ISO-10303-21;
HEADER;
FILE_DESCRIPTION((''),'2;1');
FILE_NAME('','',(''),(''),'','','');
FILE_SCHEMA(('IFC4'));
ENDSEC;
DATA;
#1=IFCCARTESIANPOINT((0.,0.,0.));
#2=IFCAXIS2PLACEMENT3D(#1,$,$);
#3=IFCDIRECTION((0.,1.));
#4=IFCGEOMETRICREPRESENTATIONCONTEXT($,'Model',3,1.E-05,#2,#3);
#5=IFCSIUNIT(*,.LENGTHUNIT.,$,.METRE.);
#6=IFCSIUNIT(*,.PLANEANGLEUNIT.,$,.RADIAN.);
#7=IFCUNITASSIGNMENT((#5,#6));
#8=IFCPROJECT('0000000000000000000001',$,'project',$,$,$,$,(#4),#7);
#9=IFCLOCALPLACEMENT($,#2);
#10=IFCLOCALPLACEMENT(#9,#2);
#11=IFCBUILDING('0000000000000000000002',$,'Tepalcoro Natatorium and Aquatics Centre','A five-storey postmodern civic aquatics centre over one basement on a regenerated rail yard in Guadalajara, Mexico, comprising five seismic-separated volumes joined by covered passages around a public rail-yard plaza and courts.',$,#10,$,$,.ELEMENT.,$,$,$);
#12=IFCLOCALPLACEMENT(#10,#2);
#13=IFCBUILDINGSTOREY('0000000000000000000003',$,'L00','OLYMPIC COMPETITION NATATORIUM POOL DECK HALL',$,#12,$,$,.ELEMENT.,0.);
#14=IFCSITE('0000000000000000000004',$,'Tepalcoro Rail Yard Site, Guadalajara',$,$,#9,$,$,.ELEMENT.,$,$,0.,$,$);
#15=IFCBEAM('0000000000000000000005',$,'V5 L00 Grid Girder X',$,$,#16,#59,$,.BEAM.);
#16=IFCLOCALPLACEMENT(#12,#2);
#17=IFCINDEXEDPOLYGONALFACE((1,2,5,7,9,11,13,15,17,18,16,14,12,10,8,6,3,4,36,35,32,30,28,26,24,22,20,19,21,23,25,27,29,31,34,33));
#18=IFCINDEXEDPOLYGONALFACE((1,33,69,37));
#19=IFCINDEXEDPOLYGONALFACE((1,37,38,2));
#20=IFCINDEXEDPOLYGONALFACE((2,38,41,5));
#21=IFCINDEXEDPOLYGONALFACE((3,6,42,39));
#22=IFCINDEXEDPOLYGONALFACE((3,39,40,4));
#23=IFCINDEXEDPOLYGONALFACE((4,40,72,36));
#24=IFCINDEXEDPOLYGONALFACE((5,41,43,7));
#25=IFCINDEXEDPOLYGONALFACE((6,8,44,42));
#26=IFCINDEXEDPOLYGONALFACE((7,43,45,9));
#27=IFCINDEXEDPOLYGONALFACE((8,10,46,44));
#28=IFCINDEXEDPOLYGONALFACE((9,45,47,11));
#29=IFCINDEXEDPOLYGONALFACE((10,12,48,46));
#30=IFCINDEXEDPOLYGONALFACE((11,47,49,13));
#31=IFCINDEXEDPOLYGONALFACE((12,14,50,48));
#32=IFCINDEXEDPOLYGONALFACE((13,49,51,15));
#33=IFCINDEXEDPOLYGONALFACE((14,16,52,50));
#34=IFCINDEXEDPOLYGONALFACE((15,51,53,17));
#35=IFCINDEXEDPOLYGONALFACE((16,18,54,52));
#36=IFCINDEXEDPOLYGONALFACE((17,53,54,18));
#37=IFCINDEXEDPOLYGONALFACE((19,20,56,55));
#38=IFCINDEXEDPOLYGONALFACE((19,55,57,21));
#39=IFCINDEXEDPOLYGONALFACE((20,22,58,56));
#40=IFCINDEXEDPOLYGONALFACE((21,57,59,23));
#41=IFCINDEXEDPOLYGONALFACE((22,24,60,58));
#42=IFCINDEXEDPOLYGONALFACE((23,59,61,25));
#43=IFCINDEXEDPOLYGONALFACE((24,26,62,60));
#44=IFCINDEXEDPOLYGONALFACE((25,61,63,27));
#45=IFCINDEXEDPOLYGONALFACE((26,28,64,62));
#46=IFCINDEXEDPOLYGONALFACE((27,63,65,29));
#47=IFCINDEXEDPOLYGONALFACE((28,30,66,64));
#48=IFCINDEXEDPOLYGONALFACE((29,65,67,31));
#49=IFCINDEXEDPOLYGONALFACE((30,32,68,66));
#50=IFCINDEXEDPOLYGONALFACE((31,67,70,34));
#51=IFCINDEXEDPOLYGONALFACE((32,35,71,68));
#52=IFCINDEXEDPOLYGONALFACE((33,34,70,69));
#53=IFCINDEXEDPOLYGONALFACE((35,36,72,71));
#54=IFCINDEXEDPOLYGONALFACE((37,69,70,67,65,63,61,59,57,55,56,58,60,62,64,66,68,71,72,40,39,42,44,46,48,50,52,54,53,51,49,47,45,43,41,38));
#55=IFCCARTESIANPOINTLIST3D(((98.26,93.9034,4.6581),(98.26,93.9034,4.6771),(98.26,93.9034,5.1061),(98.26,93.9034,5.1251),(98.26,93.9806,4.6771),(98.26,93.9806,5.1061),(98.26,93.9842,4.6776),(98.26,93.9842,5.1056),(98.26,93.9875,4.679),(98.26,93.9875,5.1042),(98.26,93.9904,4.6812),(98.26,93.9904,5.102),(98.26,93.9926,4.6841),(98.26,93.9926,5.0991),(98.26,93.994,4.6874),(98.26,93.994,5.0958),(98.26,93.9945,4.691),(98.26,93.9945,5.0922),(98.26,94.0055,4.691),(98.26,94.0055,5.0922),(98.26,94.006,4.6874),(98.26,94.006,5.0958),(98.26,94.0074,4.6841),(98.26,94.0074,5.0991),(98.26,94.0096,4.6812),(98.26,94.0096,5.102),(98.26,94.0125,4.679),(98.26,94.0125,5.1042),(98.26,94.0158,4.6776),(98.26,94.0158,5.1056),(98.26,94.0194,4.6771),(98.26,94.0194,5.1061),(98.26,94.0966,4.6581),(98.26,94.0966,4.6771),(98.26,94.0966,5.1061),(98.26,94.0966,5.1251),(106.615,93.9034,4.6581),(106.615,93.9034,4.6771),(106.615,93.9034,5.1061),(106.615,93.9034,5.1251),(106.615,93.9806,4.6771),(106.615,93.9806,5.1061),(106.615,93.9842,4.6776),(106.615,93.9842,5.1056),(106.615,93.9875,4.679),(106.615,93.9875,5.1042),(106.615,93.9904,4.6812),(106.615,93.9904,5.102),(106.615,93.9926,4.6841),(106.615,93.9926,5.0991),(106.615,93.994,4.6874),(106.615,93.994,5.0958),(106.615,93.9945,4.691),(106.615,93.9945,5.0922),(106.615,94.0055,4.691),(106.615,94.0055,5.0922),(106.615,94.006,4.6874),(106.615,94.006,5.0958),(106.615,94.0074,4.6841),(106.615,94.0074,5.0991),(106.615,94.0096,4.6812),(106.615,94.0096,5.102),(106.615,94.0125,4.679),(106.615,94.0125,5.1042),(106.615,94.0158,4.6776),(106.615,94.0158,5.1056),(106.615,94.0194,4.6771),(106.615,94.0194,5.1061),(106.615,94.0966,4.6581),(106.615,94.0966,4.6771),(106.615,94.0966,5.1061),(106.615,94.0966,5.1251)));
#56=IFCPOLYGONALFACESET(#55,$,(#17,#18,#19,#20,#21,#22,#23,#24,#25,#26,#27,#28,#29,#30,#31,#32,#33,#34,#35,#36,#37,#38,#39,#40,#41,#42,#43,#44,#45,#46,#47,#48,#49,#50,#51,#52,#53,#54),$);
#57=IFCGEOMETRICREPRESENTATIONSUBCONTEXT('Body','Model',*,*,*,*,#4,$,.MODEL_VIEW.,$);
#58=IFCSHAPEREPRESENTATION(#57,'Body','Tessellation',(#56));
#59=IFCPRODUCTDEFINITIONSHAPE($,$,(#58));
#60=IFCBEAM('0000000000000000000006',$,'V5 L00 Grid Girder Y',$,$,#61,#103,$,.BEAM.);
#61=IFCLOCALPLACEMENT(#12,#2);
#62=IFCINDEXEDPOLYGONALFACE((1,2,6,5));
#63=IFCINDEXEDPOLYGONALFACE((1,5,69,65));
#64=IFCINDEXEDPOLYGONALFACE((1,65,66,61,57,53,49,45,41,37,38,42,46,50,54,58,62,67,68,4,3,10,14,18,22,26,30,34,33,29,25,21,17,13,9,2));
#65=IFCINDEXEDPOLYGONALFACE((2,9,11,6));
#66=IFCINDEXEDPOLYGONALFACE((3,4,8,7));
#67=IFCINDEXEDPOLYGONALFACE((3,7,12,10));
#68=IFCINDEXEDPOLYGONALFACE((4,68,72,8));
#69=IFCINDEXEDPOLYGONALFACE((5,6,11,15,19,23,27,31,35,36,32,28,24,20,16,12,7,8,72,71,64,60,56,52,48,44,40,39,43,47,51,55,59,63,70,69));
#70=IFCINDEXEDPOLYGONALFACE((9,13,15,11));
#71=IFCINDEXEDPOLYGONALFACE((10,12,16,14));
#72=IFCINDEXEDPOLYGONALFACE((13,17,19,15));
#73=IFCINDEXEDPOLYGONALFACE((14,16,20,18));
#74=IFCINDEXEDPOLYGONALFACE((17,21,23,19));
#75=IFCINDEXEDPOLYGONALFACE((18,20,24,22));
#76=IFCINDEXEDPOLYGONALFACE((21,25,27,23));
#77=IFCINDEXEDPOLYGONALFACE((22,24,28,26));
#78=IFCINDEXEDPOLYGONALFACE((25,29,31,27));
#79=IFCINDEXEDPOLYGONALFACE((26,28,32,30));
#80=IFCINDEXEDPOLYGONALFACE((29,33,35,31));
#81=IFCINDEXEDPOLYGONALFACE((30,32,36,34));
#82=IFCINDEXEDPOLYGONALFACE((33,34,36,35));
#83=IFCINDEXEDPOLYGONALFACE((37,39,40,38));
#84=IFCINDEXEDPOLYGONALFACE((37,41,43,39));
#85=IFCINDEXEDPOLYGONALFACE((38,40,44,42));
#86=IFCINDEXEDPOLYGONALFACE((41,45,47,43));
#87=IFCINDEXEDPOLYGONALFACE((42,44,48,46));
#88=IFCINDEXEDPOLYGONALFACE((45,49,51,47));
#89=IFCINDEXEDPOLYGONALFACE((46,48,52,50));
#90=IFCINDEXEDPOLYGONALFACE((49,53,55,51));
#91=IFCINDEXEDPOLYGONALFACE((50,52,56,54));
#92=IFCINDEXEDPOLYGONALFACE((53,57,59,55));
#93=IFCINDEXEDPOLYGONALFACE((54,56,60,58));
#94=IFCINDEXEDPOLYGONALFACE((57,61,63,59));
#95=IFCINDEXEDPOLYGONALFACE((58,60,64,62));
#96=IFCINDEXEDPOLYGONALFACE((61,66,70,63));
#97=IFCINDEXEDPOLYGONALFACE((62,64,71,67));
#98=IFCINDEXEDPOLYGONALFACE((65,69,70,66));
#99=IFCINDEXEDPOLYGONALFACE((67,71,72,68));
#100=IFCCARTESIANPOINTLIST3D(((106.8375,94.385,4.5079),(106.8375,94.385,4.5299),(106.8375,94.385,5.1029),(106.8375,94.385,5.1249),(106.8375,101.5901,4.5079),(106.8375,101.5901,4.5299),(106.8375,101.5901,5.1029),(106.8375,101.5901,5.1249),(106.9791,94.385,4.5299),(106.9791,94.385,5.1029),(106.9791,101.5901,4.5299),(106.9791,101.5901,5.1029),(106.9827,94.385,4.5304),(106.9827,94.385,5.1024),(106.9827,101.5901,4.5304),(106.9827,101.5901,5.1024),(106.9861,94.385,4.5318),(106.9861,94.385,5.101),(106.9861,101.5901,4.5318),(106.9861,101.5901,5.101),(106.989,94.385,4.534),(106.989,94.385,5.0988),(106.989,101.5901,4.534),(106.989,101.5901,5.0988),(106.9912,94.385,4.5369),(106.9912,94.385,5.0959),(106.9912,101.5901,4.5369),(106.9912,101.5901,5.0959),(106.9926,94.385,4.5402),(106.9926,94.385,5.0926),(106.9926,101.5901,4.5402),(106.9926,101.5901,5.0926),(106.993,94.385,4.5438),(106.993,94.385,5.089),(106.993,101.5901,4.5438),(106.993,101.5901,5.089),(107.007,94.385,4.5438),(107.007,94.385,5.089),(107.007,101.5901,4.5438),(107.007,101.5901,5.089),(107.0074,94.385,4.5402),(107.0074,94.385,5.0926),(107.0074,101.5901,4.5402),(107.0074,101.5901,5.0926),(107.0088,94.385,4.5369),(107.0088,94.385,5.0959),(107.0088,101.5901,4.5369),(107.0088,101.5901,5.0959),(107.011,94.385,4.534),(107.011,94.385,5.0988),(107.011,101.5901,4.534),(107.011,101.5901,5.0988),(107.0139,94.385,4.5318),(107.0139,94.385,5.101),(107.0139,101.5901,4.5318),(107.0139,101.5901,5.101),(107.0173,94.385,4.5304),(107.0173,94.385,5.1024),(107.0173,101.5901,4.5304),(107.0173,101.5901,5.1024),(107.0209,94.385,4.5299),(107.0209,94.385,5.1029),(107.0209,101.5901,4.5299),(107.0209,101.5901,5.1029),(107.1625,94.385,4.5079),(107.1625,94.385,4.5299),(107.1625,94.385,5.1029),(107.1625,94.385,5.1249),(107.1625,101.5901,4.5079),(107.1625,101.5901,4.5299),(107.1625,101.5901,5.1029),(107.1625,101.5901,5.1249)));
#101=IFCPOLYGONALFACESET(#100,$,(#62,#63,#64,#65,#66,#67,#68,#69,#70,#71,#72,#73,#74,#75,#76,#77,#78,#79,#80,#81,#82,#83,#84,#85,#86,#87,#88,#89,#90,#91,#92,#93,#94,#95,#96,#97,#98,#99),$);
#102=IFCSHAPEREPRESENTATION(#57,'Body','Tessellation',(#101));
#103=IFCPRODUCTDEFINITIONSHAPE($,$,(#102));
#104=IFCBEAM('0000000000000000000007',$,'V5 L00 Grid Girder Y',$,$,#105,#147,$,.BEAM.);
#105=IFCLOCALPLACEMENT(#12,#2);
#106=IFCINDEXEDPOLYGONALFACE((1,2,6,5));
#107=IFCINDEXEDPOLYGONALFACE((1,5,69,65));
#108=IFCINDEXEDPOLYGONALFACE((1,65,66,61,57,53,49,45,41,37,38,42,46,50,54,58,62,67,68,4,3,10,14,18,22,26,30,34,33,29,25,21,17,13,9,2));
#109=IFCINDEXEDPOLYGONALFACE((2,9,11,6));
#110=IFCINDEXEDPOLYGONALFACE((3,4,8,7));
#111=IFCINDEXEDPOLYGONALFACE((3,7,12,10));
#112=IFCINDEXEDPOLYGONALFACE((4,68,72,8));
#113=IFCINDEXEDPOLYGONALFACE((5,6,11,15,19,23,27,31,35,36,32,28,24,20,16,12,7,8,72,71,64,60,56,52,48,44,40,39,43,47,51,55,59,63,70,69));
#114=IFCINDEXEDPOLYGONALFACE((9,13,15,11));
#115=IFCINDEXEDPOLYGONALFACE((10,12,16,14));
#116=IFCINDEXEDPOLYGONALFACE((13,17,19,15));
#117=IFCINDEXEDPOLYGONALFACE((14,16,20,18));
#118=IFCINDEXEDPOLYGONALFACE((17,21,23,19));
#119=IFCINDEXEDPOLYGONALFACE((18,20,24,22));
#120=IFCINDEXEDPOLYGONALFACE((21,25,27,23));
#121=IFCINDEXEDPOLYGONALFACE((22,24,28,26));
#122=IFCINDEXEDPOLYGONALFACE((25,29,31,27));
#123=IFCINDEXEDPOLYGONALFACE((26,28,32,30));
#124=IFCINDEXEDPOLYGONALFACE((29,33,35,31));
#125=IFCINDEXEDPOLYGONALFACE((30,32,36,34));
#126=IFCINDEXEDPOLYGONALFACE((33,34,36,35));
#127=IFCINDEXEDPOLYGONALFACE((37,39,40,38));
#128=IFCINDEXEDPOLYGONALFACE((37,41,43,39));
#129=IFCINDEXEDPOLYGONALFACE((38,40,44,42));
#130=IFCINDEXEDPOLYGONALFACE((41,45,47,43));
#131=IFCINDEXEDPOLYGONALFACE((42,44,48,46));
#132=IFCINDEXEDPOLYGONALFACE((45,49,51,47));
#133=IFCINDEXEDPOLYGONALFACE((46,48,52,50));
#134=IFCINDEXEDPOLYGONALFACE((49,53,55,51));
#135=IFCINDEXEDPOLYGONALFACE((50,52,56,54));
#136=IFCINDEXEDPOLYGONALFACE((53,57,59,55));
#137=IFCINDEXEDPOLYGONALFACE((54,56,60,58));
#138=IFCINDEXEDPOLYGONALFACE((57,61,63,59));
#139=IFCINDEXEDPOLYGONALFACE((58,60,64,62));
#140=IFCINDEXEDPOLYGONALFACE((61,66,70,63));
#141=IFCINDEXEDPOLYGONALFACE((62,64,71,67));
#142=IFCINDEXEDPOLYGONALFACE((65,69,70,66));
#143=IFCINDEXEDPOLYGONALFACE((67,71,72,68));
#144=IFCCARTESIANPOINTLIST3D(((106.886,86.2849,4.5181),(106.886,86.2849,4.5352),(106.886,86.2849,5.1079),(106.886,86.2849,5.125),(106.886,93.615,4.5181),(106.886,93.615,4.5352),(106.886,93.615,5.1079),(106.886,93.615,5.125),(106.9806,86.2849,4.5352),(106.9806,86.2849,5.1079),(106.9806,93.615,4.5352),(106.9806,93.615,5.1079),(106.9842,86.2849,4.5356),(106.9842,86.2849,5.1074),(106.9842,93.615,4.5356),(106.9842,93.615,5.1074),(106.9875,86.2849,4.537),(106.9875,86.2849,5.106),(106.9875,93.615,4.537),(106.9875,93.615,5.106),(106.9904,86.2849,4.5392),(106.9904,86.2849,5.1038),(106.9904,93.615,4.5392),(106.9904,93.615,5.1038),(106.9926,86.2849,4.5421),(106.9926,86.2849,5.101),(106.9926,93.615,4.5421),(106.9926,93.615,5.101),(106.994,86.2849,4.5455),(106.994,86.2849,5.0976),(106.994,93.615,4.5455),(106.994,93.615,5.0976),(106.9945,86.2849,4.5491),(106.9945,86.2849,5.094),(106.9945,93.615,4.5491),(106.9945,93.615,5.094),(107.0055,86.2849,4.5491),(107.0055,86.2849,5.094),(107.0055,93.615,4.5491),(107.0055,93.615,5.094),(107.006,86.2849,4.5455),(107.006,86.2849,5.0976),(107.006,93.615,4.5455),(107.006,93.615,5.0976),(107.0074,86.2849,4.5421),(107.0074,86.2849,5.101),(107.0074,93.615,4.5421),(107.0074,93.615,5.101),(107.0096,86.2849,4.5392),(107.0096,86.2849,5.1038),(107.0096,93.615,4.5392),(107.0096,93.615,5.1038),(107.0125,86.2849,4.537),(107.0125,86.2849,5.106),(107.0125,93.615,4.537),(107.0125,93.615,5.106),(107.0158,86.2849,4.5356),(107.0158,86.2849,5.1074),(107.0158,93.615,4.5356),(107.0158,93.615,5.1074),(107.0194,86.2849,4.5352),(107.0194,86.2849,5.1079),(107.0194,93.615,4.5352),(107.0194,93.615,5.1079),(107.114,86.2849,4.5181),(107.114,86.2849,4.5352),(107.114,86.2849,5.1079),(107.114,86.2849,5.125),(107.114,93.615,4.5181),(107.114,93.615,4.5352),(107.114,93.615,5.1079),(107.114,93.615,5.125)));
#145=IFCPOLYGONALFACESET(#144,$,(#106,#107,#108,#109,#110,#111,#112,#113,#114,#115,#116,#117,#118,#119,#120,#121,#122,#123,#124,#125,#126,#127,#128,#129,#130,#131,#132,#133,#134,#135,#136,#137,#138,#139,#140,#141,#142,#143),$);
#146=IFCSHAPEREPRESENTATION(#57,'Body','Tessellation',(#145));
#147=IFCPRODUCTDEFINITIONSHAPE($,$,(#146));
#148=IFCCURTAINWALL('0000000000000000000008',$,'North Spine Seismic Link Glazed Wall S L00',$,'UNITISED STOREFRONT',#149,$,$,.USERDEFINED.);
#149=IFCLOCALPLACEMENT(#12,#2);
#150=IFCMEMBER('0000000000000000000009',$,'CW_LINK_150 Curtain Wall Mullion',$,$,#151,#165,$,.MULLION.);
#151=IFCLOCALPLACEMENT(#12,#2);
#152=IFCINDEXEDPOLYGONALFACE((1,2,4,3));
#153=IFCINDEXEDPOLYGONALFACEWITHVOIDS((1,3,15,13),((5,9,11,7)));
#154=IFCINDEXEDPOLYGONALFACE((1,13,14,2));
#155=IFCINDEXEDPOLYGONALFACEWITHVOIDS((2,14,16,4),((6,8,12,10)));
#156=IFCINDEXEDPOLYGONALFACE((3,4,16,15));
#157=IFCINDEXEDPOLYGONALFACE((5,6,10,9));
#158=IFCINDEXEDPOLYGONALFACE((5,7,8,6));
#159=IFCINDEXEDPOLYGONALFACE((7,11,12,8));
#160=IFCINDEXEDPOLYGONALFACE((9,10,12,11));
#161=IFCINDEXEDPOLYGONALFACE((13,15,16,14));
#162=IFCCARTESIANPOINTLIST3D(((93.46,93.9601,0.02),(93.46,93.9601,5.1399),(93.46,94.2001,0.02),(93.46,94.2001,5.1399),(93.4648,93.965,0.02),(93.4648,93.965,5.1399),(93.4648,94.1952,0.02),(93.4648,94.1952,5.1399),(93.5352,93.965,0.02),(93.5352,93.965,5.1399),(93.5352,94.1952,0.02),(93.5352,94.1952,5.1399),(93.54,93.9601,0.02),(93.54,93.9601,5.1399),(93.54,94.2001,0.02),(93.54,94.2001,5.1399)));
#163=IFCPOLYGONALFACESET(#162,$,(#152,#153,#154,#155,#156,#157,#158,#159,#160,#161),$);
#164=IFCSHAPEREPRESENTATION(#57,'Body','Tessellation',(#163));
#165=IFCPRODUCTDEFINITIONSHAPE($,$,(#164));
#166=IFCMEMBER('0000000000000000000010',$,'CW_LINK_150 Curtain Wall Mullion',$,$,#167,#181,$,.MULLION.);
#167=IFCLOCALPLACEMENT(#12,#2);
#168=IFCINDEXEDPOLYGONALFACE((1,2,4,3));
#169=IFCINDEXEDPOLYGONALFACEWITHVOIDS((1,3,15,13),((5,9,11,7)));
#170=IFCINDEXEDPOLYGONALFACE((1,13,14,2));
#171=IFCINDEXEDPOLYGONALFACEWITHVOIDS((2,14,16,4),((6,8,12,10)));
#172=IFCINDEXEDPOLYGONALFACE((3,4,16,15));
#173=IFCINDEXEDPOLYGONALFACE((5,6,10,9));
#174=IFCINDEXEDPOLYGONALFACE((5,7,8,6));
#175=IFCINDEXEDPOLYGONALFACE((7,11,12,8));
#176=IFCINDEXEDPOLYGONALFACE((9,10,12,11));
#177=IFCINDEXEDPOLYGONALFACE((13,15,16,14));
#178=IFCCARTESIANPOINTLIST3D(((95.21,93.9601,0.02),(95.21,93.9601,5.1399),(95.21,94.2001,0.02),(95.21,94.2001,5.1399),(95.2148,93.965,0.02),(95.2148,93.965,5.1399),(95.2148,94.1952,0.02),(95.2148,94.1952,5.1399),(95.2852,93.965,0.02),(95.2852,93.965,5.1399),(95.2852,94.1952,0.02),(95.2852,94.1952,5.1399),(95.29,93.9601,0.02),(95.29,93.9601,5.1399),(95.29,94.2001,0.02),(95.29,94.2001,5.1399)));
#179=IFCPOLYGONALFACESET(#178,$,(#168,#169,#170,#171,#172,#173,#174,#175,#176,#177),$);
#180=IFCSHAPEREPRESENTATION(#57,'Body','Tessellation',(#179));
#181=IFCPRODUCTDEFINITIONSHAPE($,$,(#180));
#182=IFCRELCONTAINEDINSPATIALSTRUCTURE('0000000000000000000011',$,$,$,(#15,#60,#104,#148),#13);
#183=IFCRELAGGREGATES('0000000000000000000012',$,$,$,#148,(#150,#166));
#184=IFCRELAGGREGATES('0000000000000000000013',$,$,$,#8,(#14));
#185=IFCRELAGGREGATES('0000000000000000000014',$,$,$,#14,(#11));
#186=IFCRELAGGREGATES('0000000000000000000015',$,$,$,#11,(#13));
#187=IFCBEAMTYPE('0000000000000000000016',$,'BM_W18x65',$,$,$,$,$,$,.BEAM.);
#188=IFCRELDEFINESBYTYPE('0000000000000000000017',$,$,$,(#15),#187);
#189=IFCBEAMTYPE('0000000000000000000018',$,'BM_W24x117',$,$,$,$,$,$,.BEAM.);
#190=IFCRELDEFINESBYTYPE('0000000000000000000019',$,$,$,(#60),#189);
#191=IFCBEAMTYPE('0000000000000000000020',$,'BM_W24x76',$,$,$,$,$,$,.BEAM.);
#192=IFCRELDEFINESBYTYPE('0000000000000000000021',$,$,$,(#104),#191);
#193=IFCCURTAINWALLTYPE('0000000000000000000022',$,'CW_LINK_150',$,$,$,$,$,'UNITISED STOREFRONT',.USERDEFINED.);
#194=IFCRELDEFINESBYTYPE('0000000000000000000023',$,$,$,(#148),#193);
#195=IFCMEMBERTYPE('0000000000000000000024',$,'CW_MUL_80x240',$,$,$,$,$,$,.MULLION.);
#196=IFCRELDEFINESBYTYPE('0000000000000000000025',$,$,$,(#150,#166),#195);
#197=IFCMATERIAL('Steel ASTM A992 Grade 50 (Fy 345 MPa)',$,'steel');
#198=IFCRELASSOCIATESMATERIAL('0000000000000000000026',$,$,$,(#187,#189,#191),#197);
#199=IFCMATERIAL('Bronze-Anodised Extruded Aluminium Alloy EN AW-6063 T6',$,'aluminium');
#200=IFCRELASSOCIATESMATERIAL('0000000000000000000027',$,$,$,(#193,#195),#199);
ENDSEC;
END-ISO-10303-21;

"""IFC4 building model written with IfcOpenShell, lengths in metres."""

from ifc_helpers import new_model, si_unit, direction, frame, origin, origin_2d, place, context, subcontext, project, spatial, hollow_rectangle, i_section, extrude, material, material_profile, profile_set, type_object, element, aggregate, save


model = new_model("IFC4")

# Units and contexts
model_context = context("Model", 3, precision=1e-05, world=origin(), true_north=direction((0.0, 1.0)))
body_context = subcontext(model_context, "Body", "Model", "MODEL_VIEW")
ifc_project = project(units=[si_unit("LENGTHUNIT", "METRE"), si_unit("PLANEANGLEUNIT", "RADIAN")], contexts=[model_context])

# Site, building, storey
site_placement = place(None, origin())
site = spatial("IfcSite", under=ifc_project, at=site_placement, Name="Tepalcoro Rail Yard Site, Guadalajara", CompositionType="ELEMENT", RefElevation=0.0)
building_placement = place(site_placement, origin())
building = spatial("IfcBuilding", under=site, at=building_placement, Name="Tepalcoro Natatorium and Aquatics Centre", Description="A five-storey postmodern civic aquatics centre over one basement on a regenerated rail yard in Guadalajara, Mexico, comprising five seismic-separated volumes joined by covered passages around a public rail-yard plaza and courts.", CompositionType="ELEMENT")
storey_placement = place(building_placement, origin())
storey = spatial("IfcBuildingStorey", under=building, at=storey_placement, Name="L00", Description="OLYMPIC COMPETITION NATATORIUM POOL DECK HALL", CompositionType="ELEMENT", Elevation=0.0)

# Shared definitions
ifc_material_1 = material(Name="Steel ASTM A992 Grade 50 (Fy 345 MPa)", Category="steel")

# Beams
ifc_material_profile_1 = material_profile(ifc_material_1, i_section(OverallWidth=0.1931, OverallDepth=0.467, WebThickness=0.011, FlangeThickness=0.019, FilletRadius=0.0139, at=origin_2d()), Name="W18X65")
ifc_profile_set_1 = profile_set([ifc_material_profile_1], Name="Steel ASTM A992 Grade 50 (Fy 345 MPa)")
beam_type_1 = type_object("IfcBeamType", Name="BM_W18x65", PredefinedType="BEAM", material=ifc_profile_set_1)
beam_1_placement = place(storey_placement, frame((98.26, 94.0, 4.8916), z_axis=(1.0, 0.0, 0.0), x_axis=(0.0, 1.0, 0.0)))
element("IfcBeam", 1, at=beam_1_placement, inside=storey, type_object=beam_type_1, Name="V5 L00 Grid Girder X", PredefinedType="BEAM", context=body_context, shape_type="SweptSolid", body=[
    extrude(i_section(OverallWidth=0.1931, OverallDepth=0.467, WebThickness=0.011, FlangeThickness=0.019, FilletRadius=0.0139, at=origin_2d()), origin(), (0.0, 0.0, 1.0), 8.355),
])
ifc_material_profile_2 = material_profile(ifc_material_1, i_section(OverallWidth=0.325, OverallDepth=0.6169, WebThickness=0.0139, FlangeThickness=0.022, FilletRadius=0.0139, at=origin_2d()), Name="W24X117")
ifc_profile_set_2 = profile_set([ifc_material_profile_2], Name="Steel ASTM A992 Grade 50 (Fy 345 MPa)")
beam_type_2 = type_object("IfcBeamType", Name="BM_W24x117", PredefinedType="BEAM", material=ifc_profile_set_2)
beam_2_placement = place(storey_placement, frame((107.0, 94.385, 4.8164), z_axis=(0.0, 1.0, 0.0), x_axis=(-1.0, 0.0, 0.0)))
element("IfcBeam", 2, at=beam_2_placement, inside=storey, type_object=beam_type_2, Name="V5 L00 Grid Girder Y", PredefinedType="BEAM", context=body_context, shape_type="SweptSolid", body=[
    extrude(i_section(OverallWidth=0.325, OverallDepth=0.6169, WebThickness=0.0139, FlangeThickness=0.022, FilletRadius=0.0139, at=origin_2d()), origin(), (0.0, 0.0, 1.0), 7.2051),
])
ifc_material_profile_3 = material_profile(ifc_material_1, i_section(OverallWidth=0.228, OverallDepth=0.6069, WebThickness=0.011, FlangeThickness=0.0171, FilletRadius=0.0139, at=origin_2d()), Name="W24X76")
ifc_profile_set_3 = profile_set([ifc_material_profile_3], Name="Steel ASTM A992 Grade 50 (Fy 345 MPa)")
beam_type_3 = type_object("IfcBeamType", Name="BM_W24x76", PredefinedType="BEAM", material=ifc_profile_set_3)
beam_3_placement = place(storey_placement, frame((107.0, 86.2849, 4.8215), z_axis=(0.0, 1.0, 0.0), x_axis=(-1.0, 0.0, 0.0)))
element("IfcBeam", 3, at=beam_3_placement, inside=storey, type_object=beam_type_3, Name="V5 L00 Grid Girder Y", PredefinedType="BEAM", context=body_context, shape_type="SweptSolid", body=[
    extrude(i_section(OverallWidth=0.228, OverallDepth=0.6069, WebThickness=0.011, FlangeThickness=0.0171, FilletRadius=0.0139, at=origin_2d()), origin(), (0.0, 0.0, 1.0), 7.3301),
])

# Curtain wall, members
ifc_material_2 = material(Name="Bronze-Anodised Extruded Aluminium Alloy EN AW-6063 T6", Category="aluminium")
curtain_wall_type = type_object("IfcCurtainWallType", Name="CW_LINK_150", ElementType="UNITISED STOREFRONT", PredefinedType="USERDEFINED", material=ifc_material_2)
curtain_wall_placement = place(storey_placement, origin())
curtain_wall = element("IfcCurtainWall", 4, at=curtain_wall_placement, inside=storey, type_object=curtain_wall_type, Name="North Spine Seismic Link Glazed Wall S L00", ObjectType="UNITISED STOREFRONT", PredefinedType="USERDEFINED")
ifc_material_profile_4 = material_profile(ifc_material_2, hollow_rectangle(XDim=0.0801, YDim=0.24, WallThickness=0.0049, at=origin_2d()), Name="AL80X240X5")
ifc_profile_set_4 = profile_set([ifc_material_profile_4], Name="Bronze-Anodised Extruded Aluminium Alloy EN AW-6063 T6")
member_type = type_object("IfcMemberType", Name="CW_MUL_80x240", PredefinedType="MULLION", material=ifc_profile_set_4)
member_1_placement = place(storey_placement, frame((93.5, 94.0801, 0.02), z_axis=(0.0, 0.0, 1.0), x_axis=(1.0, 0.0, 0.0)))
member_1 = element("IfcMember", 5, at=member_1_placement, type_object=member_type, Name="CW_LINK_150 Curtain Wall Mullion", PredefinedType="MULLION", context=body_context, shape_type="SweptSolid", body=[
    extrude(hollow_rectangle(XDim=0.0801, YDim=0.24, WallThickness=0.0049, at=origin_2d()), origin(), (0.0, 0.0, 1.0), 5.1199),
])
member_2_placement = place(storey_placement, frame((95.25, 94.0801, 0.02), z_axis=(0.0, 0.0, 1.0), x_axis=(1.0, 0.0, 0.0)))
member_2 = element("IfcMember", 6, at=member_2_placement, type_object=member_type, Name="CW_LINK_150 Curtain Wall Mullion", PredefinedType="MULLION", context=body_context, shape_type="SweptSolid", body=[
    extrude(hollow_rectangle(XDim=0.0801, YDim=0.24, WallThickness=0.0049, at=origin_2d()), origin(), (0.0, 0.0, 1.0), 5.1199),
])

aggregate(curtain_wall, [member_1, member_2])

save(model, "model.ifc")
